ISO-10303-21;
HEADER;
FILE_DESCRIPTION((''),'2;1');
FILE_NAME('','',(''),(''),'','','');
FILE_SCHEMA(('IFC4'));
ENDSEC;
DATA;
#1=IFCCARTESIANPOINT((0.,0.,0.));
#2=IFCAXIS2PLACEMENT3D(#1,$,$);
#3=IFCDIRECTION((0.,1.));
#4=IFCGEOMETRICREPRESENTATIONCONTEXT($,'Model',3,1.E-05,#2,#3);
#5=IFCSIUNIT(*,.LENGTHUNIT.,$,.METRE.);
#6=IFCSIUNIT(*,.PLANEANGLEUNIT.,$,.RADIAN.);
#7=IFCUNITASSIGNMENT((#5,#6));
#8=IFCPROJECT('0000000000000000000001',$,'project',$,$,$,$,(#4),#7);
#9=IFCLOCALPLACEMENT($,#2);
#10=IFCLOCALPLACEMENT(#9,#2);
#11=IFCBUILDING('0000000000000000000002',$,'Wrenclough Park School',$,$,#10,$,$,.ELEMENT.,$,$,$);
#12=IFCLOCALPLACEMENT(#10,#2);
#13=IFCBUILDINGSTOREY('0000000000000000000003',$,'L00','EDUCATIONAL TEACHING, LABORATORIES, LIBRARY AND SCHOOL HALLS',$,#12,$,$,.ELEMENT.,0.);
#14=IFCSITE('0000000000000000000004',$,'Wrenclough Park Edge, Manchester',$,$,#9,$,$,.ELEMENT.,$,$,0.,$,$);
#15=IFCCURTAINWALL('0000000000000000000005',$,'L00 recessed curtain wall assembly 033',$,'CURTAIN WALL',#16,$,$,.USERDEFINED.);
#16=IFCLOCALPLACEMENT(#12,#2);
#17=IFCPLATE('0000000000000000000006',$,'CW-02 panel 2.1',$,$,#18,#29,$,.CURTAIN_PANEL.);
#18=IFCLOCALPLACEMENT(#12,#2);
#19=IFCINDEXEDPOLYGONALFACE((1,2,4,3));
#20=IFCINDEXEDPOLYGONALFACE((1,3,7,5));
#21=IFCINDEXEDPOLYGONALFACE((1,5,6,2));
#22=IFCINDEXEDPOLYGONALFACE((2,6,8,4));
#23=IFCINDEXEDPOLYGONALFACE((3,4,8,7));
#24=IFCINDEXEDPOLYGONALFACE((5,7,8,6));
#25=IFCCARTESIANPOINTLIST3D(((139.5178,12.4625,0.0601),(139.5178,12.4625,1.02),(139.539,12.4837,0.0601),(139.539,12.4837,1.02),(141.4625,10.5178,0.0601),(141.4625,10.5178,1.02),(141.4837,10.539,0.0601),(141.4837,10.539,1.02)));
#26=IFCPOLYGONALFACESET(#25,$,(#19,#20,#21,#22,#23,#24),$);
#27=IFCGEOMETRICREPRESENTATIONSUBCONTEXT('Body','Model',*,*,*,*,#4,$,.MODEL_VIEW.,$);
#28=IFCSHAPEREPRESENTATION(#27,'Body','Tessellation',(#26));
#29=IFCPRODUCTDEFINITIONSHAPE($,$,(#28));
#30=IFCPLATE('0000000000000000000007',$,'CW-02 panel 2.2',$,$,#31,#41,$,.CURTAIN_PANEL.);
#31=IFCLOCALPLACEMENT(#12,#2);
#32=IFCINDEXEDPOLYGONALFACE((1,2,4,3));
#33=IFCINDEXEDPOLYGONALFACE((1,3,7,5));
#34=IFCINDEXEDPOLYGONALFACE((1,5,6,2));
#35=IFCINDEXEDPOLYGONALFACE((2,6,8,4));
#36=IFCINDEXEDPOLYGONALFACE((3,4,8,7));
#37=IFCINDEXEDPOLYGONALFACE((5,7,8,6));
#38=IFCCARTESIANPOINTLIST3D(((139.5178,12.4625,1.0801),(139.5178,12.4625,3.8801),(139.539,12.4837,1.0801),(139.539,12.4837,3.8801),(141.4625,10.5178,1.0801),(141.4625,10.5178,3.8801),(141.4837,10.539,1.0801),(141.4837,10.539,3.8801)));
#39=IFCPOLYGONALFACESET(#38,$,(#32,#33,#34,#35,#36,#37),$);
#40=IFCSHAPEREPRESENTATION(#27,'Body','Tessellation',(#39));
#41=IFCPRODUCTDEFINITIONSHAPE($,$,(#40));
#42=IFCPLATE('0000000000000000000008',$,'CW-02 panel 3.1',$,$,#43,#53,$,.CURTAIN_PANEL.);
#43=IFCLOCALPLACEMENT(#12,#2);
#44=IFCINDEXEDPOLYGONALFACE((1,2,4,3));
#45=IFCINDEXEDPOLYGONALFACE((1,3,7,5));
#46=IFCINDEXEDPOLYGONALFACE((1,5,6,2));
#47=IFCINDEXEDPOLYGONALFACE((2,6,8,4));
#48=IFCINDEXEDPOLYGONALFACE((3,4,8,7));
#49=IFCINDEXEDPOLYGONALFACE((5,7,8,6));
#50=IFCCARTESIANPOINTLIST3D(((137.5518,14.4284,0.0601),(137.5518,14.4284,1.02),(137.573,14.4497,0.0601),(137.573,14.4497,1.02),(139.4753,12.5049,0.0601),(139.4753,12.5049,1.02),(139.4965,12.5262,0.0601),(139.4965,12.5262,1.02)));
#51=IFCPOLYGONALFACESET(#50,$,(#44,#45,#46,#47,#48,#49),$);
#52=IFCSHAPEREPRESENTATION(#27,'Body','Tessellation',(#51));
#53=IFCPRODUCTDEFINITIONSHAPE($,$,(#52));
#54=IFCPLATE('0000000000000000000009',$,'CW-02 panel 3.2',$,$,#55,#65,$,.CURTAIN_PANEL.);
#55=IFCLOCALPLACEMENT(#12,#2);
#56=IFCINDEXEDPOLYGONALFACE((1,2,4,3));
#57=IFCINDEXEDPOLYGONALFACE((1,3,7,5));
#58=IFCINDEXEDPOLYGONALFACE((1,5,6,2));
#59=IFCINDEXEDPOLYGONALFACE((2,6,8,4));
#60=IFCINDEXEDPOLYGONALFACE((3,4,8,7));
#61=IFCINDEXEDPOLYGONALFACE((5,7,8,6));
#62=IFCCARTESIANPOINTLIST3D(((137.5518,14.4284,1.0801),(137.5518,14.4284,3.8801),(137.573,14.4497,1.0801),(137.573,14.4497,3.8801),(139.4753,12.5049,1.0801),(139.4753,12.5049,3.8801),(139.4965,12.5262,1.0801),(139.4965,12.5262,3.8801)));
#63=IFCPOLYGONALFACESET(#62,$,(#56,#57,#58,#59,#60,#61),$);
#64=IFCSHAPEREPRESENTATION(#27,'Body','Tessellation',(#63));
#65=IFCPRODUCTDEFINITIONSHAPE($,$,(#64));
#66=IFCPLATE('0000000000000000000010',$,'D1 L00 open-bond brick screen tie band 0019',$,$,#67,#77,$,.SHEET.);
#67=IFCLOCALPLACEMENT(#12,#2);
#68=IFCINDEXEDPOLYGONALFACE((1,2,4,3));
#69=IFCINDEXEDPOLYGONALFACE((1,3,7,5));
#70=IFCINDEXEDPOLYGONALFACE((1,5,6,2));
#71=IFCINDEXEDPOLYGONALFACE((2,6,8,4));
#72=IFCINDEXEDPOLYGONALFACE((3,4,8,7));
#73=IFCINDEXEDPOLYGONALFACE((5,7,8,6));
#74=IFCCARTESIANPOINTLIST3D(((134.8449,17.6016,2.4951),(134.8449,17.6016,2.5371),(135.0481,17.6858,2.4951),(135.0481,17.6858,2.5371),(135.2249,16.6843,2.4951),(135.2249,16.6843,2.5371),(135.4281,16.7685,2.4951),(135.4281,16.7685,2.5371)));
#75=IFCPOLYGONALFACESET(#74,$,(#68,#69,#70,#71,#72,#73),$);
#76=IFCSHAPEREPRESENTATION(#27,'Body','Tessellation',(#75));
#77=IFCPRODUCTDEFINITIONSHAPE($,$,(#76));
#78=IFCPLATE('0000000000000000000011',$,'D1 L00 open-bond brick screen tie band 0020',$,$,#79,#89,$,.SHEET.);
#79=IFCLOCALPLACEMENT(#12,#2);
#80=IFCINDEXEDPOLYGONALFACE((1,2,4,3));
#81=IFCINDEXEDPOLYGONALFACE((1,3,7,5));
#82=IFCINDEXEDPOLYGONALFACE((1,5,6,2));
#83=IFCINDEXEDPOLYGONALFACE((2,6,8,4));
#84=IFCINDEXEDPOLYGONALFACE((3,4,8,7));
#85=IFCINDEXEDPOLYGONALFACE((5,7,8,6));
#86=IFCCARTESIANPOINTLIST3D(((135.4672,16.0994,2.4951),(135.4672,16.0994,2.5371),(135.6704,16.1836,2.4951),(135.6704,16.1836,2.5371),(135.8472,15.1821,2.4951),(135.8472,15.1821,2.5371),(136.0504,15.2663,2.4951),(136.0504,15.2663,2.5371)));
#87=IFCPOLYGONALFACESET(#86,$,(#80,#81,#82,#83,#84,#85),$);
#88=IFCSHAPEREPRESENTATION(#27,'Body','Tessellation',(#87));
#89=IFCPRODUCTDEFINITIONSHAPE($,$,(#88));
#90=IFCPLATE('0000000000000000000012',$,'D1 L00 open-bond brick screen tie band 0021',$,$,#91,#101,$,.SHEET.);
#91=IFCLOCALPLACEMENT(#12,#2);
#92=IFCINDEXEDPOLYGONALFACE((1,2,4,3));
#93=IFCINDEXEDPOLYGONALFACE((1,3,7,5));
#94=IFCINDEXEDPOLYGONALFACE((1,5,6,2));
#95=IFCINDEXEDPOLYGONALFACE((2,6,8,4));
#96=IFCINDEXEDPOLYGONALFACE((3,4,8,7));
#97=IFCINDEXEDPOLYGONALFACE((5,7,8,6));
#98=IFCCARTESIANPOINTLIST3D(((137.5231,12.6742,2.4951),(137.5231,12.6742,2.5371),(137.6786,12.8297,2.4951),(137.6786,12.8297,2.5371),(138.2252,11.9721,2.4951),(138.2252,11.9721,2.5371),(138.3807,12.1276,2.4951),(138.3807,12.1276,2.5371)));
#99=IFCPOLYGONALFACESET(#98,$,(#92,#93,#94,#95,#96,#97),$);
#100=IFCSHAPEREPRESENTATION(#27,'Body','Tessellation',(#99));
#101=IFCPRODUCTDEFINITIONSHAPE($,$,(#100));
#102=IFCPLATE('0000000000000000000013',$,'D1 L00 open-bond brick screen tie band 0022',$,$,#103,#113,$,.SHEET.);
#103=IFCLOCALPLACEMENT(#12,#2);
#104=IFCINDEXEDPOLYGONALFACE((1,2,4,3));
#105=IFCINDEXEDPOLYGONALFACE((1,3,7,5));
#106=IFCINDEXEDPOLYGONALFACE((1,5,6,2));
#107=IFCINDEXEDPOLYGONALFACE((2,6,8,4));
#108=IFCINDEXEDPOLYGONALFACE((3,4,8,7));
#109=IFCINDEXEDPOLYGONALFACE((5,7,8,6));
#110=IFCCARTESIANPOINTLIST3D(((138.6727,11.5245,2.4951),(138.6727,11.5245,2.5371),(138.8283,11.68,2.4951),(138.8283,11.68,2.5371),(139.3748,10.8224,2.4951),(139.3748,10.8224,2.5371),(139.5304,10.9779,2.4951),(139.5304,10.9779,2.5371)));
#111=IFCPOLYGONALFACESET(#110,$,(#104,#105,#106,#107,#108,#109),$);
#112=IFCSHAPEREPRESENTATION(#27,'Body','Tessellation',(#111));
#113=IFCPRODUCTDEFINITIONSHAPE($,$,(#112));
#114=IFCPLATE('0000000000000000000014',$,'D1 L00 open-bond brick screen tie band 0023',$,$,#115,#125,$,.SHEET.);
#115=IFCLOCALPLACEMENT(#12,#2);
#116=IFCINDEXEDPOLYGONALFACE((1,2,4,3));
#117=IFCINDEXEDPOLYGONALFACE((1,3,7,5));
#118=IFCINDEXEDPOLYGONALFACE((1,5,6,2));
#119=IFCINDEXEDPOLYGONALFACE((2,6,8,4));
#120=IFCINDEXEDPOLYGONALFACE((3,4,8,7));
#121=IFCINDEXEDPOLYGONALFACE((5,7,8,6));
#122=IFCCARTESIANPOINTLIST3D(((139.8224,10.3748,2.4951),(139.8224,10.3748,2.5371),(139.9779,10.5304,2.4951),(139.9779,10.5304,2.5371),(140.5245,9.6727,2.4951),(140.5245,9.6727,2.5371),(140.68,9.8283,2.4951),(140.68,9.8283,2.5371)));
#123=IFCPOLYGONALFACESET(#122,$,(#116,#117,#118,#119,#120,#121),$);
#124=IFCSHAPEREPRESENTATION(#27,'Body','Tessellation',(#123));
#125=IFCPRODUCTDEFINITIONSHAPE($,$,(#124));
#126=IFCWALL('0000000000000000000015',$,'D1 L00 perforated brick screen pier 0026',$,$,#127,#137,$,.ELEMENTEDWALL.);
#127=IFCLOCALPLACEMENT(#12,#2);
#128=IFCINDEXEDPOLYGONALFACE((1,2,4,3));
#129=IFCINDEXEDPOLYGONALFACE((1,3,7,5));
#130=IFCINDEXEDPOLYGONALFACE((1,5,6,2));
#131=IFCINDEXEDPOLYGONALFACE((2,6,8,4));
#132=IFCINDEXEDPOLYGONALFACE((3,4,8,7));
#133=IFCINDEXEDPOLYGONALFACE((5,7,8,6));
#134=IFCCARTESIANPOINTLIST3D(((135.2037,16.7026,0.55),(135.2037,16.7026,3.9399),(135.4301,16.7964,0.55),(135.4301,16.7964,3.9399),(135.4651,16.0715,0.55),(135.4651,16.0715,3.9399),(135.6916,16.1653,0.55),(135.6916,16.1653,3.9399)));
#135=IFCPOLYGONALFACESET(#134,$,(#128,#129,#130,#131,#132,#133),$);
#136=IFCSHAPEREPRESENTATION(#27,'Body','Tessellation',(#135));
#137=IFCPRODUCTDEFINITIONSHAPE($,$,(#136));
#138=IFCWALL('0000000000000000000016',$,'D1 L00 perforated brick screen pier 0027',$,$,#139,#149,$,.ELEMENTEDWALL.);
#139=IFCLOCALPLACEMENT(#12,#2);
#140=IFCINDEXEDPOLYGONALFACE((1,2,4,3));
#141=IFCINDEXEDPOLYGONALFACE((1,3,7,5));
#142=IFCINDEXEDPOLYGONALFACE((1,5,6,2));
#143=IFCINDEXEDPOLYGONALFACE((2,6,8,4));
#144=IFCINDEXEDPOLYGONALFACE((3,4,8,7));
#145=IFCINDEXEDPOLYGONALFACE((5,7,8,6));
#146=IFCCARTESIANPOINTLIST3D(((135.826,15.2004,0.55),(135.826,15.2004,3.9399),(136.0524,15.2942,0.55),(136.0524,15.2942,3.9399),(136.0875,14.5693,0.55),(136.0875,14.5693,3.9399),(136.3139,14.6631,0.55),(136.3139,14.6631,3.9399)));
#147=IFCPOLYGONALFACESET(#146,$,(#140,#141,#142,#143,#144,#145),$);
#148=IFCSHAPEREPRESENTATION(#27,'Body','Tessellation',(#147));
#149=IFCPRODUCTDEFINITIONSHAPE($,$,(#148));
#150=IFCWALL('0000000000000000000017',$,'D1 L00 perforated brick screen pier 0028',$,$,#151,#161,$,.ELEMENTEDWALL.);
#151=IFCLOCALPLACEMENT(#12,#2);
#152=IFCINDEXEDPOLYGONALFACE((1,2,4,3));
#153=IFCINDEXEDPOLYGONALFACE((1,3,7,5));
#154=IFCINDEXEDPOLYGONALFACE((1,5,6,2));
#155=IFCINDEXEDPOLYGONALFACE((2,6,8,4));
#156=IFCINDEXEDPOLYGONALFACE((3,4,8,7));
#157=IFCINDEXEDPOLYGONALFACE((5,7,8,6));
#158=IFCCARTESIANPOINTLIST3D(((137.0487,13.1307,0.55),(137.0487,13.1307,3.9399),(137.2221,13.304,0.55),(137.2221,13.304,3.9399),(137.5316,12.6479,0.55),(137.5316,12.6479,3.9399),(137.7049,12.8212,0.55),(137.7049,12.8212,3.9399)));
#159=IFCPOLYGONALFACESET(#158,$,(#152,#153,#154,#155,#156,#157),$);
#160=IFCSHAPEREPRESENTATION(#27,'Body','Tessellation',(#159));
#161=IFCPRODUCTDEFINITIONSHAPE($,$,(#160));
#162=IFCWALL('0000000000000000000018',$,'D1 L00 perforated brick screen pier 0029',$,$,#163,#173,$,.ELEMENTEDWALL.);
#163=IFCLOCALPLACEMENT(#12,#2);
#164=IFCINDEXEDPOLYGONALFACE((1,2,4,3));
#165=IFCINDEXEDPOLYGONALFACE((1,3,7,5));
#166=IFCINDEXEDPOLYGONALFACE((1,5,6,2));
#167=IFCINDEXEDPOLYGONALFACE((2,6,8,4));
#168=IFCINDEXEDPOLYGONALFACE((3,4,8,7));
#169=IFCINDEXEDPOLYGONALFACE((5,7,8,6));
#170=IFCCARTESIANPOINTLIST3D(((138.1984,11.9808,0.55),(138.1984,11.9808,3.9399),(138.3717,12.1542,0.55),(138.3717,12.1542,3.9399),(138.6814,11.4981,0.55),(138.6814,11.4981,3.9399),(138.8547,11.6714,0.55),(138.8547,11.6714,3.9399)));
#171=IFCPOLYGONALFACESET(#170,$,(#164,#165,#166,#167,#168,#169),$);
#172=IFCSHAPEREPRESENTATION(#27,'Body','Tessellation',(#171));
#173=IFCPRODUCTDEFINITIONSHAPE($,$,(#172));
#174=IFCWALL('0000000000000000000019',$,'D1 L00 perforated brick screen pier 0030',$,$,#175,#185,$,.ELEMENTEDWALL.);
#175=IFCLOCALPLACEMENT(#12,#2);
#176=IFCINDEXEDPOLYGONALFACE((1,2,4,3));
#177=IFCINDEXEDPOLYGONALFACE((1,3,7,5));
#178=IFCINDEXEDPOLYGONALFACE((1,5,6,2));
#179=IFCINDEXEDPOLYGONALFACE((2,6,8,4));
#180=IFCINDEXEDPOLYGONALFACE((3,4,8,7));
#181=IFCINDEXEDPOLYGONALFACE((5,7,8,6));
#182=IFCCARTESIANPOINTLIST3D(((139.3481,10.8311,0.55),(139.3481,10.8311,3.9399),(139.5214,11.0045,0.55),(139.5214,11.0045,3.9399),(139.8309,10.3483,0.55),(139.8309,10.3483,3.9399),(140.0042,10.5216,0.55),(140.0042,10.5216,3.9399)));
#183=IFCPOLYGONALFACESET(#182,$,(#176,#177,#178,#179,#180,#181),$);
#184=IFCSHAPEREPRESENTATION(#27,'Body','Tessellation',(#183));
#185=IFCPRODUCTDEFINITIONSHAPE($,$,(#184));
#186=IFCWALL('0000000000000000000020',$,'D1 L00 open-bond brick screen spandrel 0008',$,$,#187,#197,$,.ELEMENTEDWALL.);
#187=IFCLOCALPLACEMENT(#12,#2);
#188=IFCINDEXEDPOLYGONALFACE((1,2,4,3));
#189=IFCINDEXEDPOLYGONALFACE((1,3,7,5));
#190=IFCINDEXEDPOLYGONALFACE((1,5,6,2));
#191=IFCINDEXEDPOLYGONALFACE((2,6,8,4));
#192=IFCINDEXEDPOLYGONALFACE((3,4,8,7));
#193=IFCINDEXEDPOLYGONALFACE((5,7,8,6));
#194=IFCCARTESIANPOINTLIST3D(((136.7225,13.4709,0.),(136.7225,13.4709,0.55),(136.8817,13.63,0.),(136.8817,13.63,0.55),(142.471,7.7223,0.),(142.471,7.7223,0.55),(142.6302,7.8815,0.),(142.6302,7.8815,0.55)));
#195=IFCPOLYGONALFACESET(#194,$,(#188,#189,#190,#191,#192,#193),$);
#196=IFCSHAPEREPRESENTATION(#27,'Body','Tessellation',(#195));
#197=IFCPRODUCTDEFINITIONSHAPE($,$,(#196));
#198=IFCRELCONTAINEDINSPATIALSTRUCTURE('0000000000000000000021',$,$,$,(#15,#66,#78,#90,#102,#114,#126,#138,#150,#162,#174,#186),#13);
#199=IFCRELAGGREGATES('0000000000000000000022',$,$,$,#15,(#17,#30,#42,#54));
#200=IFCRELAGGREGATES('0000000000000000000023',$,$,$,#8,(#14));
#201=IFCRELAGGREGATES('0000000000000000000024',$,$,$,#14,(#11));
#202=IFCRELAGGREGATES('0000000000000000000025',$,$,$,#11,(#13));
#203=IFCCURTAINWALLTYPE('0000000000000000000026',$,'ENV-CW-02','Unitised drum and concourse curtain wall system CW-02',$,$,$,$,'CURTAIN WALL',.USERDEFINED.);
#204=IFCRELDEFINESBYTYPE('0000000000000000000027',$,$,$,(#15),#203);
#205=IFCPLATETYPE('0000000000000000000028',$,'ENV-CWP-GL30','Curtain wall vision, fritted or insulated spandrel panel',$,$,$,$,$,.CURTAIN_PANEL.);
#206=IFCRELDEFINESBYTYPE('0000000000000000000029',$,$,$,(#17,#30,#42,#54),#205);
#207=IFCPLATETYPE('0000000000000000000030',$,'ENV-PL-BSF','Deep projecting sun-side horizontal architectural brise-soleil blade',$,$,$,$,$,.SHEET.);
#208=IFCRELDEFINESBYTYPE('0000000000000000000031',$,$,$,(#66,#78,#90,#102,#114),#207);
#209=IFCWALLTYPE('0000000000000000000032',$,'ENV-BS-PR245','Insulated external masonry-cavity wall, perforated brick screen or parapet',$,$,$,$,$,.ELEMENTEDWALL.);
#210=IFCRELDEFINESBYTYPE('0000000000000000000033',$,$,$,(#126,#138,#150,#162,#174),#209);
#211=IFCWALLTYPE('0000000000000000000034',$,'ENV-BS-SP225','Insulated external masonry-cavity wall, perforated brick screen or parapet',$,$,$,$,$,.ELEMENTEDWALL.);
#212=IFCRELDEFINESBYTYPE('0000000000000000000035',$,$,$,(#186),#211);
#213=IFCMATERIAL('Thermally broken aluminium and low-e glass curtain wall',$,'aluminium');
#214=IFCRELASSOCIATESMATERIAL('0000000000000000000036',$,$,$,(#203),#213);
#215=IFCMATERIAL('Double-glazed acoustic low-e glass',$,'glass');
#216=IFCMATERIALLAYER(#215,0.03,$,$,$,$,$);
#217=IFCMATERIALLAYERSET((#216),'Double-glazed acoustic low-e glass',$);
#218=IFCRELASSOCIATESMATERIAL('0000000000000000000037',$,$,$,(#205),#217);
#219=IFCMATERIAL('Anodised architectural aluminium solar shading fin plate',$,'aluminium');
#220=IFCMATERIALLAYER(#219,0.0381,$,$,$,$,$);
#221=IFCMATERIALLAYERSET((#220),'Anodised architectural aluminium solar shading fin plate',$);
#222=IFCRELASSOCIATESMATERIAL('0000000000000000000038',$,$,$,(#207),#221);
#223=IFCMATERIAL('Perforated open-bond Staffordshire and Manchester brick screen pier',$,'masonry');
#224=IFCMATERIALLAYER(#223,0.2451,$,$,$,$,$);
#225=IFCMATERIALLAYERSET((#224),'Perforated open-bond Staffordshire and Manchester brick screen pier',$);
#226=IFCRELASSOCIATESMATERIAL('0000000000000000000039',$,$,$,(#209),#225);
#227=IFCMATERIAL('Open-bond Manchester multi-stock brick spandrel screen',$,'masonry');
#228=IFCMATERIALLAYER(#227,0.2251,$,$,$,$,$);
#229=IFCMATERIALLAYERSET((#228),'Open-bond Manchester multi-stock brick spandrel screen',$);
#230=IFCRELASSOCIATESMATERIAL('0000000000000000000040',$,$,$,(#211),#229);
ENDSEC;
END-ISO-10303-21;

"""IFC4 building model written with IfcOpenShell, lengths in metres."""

from ifc_helpers import new_model, si_unit, direction, frame, frame_2d, origin, origin_2d, place, context, subcontext, project, spatial, rectangle, extrude, material, layer, layer_set, type_object, element, aggregate, save


model = new_model("IFC4")

# Units and contexts
model_context = context("Model", 3, precision=1e-05, world=origin(), true_north=direction((0.0, 1.0)))
body_context = subcontext(model_context, "Body", "Model", "MODEL_VIEW")
ifc_project = project(units=[si_unit("LENGTHUNIT", "METRE"), si_unit("PLANEANGLEUNIT", "RADIAN")], contexts=[model_context])

# Site, building, storey
site_placement = place(None, origin())
site = spatial("IfcSite", under=ifc_project, at=site_placement, Name="Wrenclough Park Edge, Manchester", CompositionType="ELEMENT", RefElevation=0.0)
building_placement = place(site_placement, origin())
building = spatial("IfcBuilding", under=site, at=building_placement, Name="Wrenclough Park School", CompositionType="ELEMENT")
storey_placement = place(building_placement, origin())
storey = spatial("IfcBuildingStorey", under=building, at=storey_placement, Name="L00", Description="EDUCATIONAL TEACHING, LABORATORIES, LIBRARY AND SCHOOL HALLS", CompositionType="ELEMENT", Elevation=0.0)

# Curtain wall
ifc_material_1 = material(Name="Thermally broken aluminium and low-e glass curtain wall", Category="aluminium")
curtain_wall_type = type_object("IfcCurtainWallType", Name="ENV-CW-02", Description="Unitised drum and concourse curtain wall system CW-02", ElementType="CURTAIN WALL", PredefinedType="USERDEFINED", material=ifc_material_1)
curtain_wall_placement = place(storey_placement, origin())
curtain_wall = element("IfcCurtainWall", 1, at=curtain_wall_placement, inside=storey, type_object=curtain_wall_type, Name="L00 recessed curtain wall assembly 033", ObjectType="CURTAIN WALL", PredefinedType="USERDEFINED")

# Plates
ifc_material_2 = material(Name="Double-glazed acoustic low-e glass", Category="glass")
ifc_layer_1 = layer(ifc_material_2, 0.03)
ifc_layer_set_1 = layer_set([ifc_layer_1], Name="Double-glazed acoustic low-e glass")
plate_type_1 = type_object("IfcPlateType", Name="ENV-CWP-GL30", Description="Curtain wall vision, fritted or insulated spandrel panel", PredefinedType="CURTAIN_PANEL", material=ifc_layer_set_1)
plate_1_placement = place(storey_placement, frame((140.5007, 11.5007, 0.0601), z_axis=(0.0, 0.0, 1.0), x_axis=(-0.707107, 0.707107, 0.0)))
plate_1 = element("IfcPlate", 2, at=plate_1_placement, type_object=plate_type_1, Name="CW-02 panel 2.1", PredefinedType="CURTAIN_PANEL", context=body_context, shape_type="SweptSolid", body=[
    extrude(rectangle(XDim=2.7502, YDim=0.03, at=origin_2d()), origin(), (0.0, 0.0, 1.0), 0.96),
])
plate_2_placement = place(storey_placement, frame((140.5007, 11.5007, 1.0801), z_axis=(0.0, 0.0, 1.0), x_axis=(-0.707107, 0.707107, 0.0)))
plate_2 = element("IfcPlate", 3, at=plate_2_placement, type_object=plate_type_1, Name="CW-02 panel 2.2", PredefinedType="CURTAIN_PANEL", context=body_context, shape_type="SweptSolid", body=[
    extrude(rectangle(XDim=2.7502, YDim=0.03, at=origin_2d()), origin(), (0.0, 0.0, 1.0), 2.8),
])
plate_3_placement = place(storey_placement, frame((138.5242, 13.4773, 0.0601), z_axis=(0.0, 0.0, 1.0), x_axis=(-0.707107, 0.707107, 0.0)))
plate_3 = element("IfcPlate", 4, at=plate_3_placement, type_object=plate_type_1, Name="CW-02 panel 3.1", PredefinedType="CURTAIN_PANEL", context=body_context, shape_type="SweptSolid", body=[
    extrude(rectangle(XDim=2.7202, YDim=0.03, at=origin_2d()), origin(), (0.0, 0.0, 1.0), 0.96),
])
plate_4_placement = place(storey_placement, frame((138.5242, 13.4773, 1.0801), z_axis=(0.0, 0.0, 1.0), x_axis=(-0.707107, 0.707107, 0.0)))
plate_4 = element("IfcPlate", 5, at=plate_4_placement, type_object=plate_type_1, Name="CW-02 panel 3.2", PredefinedType="CURTAIN_PANEL", context=body_context, shape_type="SweptSolid", body=[
    extrude(rectangle(XDim=2.7202, YDim=0.03, at=origin_2d()), origin(), (0.0, 0.0, 1.0), 2.8),
])
aggregate(curtain_wall, [plate_1, plate_2, plate_3, plate_4])

# Plates
ifc_material_3 = material(Name="Anodised architectural aluminium solar shading fin plate", Category="aluminium")
ifc_layer_2 = layer(ifc_material_3, 0.0381)
ifc_layer_set_2 = layer_set([ifc_layer_2], Name="Anodised architectural aluminium solar shading fin plate")
plate_type_2 = type_object("IfcPlateType", Name="ENV-PL-BSF", Description="Deep projecting sun-side horizontal architectural brise-soleil blade", PredefinedType="SHEET", material=ifc_layer_set_2)
for number, where, z_axis, x_axis, name in (
    (6, (135.1365, 17.1851, 2.4951), (0.0, 0.0, 1.0), (0.382692, -0.923876, 0.0), "D1 L00 open-bond brick screen tie band 0019"),
    (7, (135.7588, 15.6829, 2.4951), (0.0, 0.0, 1.0), (0.382692, -0.923876, 0.0), "D1 L00 open-bond brick screen tie band 0020"),
    (8, (137.9519, 12.4009, 2.4951), (0.0, 0.0, 1.0), (0.707107, -0.707107, 0.0), "D1 L00 open-bond brick screen tie band 0021"),
    (9, (139.1016, 11.2512, 2.4951), (0.0, 0.0, 1.0), (0.707107, -0.707107, 0.0), "D1 L00 open-bond brick screen tie band 0022"),
    (10, (140.2512, 10.1016, 2.4951), (0.0, 0.0, 1.0), (0.707107, -0.707107, 0.0), "D1 L00 open-bond brick screen tie band 0023"),
):
    element("IfcPlate", number, at=place(storey_placement, frame(where, z_axis=z_axis, x_axis=x_axis)), inside=storey, type_object=plate_type_2, Name=name, PredefinedType="SHEET", context=body_context, shape_type="SweptSolid", body=[
        extrude(rectangle(XDim=0.9929, YDim=0.22, at=origin_2d()), origin(), (0.0, 0.0, 1.0), 0.042),
    ])

# Walls
ifc_material_4 = material(Name="Perforated open-bond Staffordshire and Manchester brick screen pier", Category="masonry")
ifc_layer_3 = layer(ifc_material_4, 0.2451)
ifc_layer_set_3 = layer_set([ifc_layer_3], Name="Perforated open-bond Staffordshire and Manchester brick screen pier")
wall_type_1 = type_object("IfcWallType", Name="ENV-BS-PR245", Description="Insulated external masonry-cavity wall, perforated brick screen or parapet", PredefinedType="ELEMENTEDWALL", material=ifc_layer_set_3)
for number, where, z_axis, x_axis, name in (
    (11, (135.3169, 16.7495, 0.55), (0.0, 0.0, 1.0), (0.382762, -0.923847, 0.0), "D1 L00 perforated brick screen pier 0026"),
    (12, (135.9392, 15.2473, 0.55), (0.0, 0.0, 1.0), (0.382762, -0.923847, 0.0), "D1 L00 perforated brick screen pier 0027"),
):
    element("IfcWall", number, at=place(storey_placement, frame(where, z_axis=z_axis, x_axis=x_axis)), inside=storey, type_object=wall_type_1, Name=name, PredefinedType="ELEMENTEDWALL", context=body_context, shape_type="SweptSolid", body=[
        extrude(rectangle(XDim=0.6831, YDim=0.2451, at=frame_2d((0.3416, 0.0))), origin(), (0.0, 0.0, 1.0), 3.3899),
    ])
for number, where, z_axis, x_axis, name in (
    (13, (137.1355, 13.2173, 0.55), (0.0, 0.0, 1.0), (0.707107, -0.707107, 0.0), "D1 L00 perforated brick screen pier 0028"),
    (14, (138.2852, 12.0674, 0.55), (0.0, 0.0, 1.0), (0.707286, -0.706928, 0.0), "D1 L00 perforated brick screen pier 0029"),
    (15, (139.4348, 10.9177, 0.55), (0.0, 0.0, 1.0), (0.707107, -0.707107, 0.0), "D1 L00 perforated brick screen pier 0030"),
):
    element("IfcWall", number, at=place(storey_placement, frame(where, z_axis=z_axis, x_axis=x_axis)), inside=storey, type_object=wall_type_1, Name=name, PredefinedType="ELEMENTEDWALL", context=body_context, shape_type="SweptSolid", body=[
        extrude(rectangle(XDim=0.6829, YDim=0.2451, at=frame_2d((0.3413, 0.0))), origin(), (0.0, 0.0, 1.0), 3.3899),
    ])
ifc_material_5 = material(Name="Open-bond Manchester multi-stock brick spandrel screen", Category="masonry")
ifc_layer_4 = layer(ifc_material_5, 0.2251)
ifc_layer_set_4 = layer_set([ifc_layer_4], Name="Open-bond Manchester multi-stock brick spandrel screen")
wall_type_2 = type_object("IfcWallType", Name="ENV-BS-SP225", Description="Insulated external masonry-cavity wall, perforated brick screen or parapet", PredefinedType="ELEMENTEDWALL", material=ifc_layer_set_4)
wall_1_placement = place(storey_placement, frame((136.802, 13.5505, 0.0), z_axis=(0.0, 0.0, 1.0), x_axis=(0.707107, -0.707107, 0.0)))
element("IfcWall", 16, at=wall_1_placement, inside=storey, type_object=wall_type_2, Name="D1 L00 open-bond brick screen spandrel 0008", PredefinedType="ELEMENTEDWALL", context=body_context, shape_type="SweptSolid", body=[
    extrude(rectangle(XDim=8.1296, YDim=0.2251, at=frame_2d((4.0649, 0.0))), origin(), (0.0, 0.0, 1.0), 0.55),
])

save(model, "model.ifc")
